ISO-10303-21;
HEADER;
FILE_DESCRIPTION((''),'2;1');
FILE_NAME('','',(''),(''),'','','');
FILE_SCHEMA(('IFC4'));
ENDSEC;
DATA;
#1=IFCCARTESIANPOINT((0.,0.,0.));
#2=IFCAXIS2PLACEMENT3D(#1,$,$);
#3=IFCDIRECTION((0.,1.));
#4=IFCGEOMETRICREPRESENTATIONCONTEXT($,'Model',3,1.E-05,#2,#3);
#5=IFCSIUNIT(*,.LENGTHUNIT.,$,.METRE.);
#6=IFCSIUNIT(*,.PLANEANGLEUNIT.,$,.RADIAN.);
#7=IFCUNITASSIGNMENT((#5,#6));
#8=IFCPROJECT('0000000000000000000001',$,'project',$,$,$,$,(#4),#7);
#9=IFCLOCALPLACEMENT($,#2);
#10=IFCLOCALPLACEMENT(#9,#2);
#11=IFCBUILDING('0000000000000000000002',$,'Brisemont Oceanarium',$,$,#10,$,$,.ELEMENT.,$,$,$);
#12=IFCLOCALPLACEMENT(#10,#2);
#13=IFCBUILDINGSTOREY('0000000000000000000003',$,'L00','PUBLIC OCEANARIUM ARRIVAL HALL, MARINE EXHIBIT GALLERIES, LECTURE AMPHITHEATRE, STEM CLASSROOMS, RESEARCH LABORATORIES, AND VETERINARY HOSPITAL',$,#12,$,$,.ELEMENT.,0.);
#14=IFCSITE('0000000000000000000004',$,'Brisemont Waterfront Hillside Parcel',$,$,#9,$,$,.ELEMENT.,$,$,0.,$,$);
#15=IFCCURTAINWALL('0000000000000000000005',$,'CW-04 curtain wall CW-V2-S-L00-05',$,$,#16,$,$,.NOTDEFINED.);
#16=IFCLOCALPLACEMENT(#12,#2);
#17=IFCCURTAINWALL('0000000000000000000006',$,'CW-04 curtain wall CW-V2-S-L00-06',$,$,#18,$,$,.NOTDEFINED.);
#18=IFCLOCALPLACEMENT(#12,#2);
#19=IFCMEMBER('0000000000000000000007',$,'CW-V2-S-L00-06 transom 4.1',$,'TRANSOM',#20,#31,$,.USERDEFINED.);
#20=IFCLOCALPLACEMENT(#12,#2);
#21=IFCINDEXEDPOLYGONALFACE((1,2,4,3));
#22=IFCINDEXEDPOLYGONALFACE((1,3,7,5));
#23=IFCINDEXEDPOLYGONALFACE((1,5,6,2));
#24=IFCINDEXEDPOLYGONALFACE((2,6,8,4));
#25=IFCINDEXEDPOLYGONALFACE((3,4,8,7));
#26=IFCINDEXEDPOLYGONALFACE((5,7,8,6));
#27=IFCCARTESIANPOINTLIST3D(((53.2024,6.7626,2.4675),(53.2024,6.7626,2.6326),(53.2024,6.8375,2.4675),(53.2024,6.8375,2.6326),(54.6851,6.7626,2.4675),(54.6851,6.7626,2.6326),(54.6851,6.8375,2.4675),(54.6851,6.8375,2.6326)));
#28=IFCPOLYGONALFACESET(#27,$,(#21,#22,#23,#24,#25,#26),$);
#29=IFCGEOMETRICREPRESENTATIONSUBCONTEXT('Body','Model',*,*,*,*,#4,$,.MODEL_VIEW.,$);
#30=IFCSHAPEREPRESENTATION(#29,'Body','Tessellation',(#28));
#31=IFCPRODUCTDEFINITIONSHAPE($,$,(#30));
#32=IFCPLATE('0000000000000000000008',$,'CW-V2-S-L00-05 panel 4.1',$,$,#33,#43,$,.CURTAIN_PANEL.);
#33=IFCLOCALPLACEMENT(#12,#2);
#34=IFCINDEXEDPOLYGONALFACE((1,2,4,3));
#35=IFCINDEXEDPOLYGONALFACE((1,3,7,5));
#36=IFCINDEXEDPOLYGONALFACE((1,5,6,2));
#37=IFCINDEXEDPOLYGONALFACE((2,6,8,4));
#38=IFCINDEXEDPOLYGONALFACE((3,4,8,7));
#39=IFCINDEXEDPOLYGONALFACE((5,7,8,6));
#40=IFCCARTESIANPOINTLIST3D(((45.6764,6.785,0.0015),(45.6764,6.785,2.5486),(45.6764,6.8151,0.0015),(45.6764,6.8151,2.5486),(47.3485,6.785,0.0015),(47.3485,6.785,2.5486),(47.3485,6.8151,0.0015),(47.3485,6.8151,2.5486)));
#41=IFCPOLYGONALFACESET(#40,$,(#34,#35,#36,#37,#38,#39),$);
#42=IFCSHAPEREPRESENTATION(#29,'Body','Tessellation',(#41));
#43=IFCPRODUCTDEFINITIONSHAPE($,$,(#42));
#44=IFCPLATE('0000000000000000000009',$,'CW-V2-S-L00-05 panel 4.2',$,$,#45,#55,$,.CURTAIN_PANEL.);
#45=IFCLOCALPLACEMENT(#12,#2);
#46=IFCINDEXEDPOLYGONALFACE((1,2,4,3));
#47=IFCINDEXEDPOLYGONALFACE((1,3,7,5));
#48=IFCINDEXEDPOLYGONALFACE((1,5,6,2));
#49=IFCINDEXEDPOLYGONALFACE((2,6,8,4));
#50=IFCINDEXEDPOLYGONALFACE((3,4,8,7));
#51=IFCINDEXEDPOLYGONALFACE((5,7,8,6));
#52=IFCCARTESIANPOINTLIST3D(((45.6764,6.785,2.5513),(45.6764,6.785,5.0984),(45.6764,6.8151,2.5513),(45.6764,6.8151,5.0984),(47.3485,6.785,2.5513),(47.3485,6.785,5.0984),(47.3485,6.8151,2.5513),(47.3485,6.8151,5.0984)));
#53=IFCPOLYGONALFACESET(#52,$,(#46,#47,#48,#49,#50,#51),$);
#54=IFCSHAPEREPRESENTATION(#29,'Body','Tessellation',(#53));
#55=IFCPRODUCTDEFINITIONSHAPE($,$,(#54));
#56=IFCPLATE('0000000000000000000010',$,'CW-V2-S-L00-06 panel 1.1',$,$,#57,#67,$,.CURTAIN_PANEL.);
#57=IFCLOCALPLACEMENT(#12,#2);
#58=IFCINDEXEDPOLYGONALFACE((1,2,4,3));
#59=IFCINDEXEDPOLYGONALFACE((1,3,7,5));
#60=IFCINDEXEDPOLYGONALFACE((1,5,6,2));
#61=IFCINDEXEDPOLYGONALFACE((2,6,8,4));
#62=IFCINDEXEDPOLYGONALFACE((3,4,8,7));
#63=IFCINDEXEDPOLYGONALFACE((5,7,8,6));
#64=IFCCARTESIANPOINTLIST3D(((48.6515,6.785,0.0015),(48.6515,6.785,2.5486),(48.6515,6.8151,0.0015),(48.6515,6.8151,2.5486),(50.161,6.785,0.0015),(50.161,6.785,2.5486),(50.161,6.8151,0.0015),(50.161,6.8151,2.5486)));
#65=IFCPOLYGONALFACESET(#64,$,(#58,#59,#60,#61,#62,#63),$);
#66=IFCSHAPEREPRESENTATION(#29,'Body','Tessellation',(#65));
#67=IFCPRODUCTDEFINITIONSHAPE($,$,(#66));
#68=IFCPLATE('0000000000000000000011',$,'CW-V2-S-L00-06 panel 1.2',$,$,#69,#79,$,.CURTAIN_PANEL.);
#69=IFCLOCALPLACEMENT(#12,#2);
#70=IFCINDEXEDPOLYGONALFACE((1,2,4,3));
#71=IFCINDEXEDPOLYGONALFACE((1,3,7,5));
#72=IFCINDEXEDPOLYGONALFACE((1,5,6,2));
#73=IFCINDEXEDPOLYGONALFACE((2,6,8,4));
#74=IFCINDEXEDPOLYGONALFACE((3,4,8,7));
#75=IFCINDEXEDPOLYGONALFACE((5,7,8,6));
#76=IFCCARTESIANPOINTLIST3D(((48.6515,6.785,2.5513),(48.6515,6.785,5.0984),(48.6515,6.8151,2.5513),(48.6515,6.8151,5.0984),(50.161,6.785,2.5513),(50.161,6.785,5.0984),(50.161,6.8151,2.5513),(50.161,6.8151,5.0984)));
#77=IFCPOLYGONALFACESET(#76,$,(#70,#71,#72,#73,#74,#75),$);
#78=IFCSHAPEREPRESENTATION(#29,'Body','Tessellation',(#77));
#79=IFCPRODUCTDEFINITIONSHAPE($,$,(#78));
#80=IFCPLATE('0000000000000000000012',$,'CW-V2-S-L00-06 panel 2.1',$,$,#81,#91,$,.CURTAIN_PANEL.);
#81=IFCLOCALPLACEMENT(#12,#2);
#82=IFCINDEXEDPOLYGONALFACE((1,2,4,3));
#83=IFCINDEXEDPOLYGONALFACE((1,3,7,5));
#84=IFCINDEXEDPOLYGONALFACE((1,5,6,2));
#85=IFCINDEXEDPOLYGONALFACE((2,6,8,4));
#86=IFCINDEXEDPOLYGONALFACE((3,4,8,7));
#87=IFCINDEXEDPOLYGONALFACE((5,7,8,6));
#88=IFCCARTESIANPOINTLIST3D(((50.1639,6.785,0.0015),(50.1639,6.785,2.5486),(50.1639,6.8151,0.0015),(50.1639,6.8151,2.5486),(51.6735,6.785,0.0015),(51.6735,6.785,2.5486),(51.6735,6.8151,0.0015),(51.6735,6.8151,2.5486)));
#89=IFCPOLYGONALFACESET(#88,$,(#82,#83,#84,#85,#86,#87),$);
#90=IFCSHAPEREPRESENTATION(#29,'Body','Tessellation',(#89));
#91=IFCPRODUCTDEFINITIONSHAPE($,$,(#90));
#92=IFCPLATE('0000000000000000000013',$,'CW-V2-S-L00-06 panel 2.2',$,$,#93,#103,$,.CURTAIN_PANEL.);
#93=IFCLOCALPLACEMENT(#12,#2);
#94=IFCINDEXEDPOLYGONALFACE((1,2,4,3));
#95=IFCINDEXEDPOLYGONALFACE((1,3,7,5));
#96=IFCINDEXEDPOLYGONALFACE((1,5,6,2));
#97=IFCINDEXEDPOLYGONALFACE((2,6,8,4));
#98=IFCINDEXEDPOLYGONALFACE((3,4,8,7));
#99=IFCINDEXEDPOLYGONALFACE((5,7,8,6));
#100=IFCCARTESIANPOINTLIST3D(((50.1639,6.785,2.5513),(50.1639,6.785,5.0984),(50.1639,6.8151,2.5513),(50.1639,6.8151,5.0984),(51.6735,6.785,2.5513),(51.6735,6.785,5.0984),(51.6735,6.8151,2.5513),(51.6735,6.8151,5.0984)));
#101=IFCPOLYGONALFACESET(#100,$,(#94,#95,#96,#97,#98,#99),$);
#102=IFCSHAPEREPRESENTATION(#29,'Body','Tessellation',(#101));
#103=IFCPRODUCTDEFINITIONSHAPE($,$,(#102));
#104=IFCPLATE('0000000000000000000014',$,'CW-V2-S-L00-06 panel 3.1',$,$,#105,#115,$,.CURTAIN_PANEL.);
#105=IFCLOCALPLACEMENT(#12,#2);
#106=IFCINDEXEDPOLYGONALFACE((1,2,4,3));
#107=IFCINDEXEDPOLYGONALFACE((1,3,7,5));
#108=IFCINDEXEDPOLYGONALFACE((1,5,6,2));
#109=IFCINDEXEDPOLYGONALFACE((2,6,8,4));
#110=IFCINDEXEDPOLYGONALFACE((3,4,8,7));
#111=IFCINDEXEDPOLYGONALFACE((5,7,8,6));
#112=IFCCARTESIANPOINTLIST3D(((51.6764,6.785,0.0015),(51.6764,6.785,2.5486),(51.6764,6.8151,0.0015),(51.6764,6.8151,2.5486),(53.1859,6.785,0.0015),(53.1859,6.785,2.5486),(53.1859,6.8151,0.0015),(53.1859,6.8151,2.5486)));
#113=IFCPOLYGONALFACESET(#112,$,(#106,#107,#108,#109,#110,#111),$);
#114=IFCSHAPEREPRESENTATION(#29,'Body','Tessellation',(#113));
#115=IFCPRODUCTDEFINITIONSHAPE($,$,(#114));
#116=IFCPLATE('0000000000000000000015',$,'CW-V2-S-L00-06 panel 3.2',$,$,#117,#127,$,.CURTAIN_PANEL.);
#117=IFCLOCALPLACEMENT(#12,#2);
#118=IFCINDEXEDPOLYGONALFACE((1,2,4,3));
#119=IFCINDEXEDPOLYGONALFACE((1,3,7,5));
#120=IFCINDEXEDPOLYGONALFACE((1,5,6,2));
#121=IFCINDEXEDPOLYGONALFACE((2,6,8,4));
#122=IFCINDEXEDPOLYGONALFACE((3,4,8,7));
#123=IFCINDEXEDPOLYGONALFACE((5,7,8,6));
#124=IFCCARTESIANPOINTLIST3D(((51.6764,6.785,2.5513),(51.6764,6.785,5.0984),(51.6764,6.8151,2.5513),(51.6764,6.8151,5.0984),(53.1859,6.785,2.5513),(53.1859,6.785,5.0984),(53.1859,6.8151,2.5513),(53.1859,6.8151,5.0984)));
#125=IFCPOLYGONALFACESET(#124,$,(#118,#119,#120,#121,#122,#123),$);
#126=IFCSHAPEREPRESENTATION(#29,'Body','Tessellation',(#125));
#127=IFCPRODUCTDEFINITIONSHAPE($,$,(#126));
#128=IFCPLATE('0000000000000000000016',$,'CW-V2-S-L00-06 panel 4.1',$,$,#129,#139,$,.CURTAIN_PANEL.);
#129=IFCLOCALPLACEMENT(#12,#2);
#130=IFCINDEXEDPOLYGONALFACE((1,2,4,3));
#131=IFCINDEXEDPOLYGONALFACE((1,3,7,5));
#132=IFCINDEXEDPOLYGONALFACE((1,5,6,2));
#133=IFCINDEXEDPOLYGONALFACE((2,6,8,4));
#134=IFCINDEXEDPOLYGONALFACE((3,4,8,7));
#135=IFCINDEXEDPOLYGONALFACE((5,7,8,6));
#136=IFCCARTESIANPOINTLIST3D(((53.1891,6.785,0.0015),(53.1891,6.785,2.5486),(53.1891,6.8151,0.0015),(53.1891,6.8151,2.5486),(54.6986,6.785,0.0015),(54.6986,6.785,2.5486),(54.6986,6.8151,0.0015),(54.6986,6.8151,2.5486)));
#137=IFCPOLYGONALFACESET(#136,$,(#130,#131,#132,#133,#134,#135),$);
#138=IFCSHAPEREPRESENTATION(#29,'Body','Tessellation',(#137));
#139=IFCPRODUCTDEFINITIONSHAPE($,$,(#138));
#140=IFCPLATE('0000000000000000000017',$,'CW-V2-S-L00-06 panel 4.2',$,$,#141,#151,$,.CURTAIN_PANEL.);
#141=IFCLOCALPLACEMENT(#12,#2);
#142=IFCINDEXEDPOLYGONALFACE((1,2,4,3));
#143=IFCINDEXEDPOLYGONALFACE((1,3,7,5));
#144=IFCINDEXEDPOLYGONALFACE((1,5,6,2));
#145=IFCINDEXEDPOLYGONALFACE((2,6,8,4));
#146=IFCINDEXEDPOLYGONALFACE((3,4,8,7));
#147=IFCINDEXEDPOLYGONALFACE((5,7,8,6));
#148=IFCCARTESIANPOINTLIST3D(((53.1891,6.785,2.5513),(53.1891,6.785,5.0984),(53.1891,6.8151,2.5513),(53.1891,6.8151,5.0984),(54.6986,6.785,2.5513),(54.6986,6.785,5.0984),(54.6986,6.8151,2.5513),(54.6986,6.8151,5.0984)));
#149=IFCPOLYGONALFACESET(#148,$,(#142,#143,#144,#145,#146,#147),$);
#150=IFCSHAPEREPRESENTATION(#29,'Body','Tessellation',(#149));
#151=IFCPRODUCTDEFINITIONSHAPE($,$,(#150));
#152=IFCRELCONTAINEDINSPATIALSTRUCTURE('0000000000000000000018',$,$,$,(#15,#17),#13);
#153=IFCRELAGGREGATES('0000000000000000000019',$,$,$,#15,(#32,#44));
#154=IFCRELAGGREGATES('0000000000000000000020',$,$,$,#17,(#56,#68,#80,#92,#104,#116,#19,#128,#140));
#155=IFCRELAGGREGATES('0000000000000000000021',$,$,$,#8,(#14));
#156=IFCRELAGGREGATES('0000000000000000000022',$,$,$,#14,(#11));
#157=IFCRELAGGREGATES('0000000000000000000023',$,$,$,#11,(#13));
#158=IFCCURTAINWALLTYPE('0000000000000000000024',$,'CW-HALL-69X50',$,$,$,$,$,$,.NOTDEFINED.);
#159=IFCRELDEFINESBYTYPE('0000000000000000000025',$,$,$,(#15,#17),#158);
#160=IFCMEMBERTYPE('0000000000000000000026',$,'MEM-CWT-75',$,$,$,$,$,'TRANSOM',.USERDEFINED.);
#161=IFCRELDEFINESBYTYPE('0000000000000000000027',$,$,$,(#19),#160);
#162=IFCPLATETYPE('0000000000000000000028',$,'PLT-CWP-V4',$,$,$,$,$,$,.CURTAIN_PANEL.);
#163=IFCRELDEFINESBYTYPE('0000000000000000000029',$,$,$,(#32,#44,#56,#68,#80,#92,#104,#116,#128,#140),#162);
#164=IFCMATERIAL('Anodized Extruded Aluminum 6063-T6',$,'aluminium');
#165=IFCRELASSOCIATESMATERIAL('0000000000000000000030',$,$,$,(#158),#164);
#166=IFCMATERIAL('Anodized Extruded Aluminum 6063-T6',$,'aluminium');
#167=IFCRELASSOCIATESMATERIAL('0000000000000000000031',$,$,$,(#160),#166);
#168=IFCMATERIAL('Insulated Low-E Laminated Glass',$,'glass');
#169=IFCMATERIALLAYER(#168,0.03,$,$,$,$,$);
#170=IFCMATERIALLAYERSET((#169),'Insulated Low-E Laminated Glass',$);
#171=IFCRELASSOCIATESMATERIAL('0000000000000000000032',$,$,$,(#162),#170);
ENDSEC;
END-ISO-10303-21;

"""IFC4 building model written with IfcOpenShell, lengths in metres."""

from ifc_helpers import new_model, si_unit, direction, frame, origin, origin_2d, place, context, subcontext, project, spatial, rectangle, extrude, material, layer, layer_set, material_profile, profile_set, type_object, element, aggregate, save


model = new_model("IFC4")

# Units and contexts
model_context = context("Model", 3, precision=1e-05, world=origin(), true_north=direction((0.0, 1.0)))
body_context = subcontext(model_context, "Body", "Model", "MODEL_VIEW")
ifc_project = project(units=[si_unit("LENGTHUNIT", "METRE"), si_unit("PLANEANGLEUNIT", "RADIAN")], contexts=[model_context])

# Site, building, storey
site_placement = place(None, origin())
site = spatial("IfcSite", under=ifc_project, at=site_placement, Name="Brisemont Waterfront Hillside Parcel", CompositionType="ELEMENT", RefElevation=0.0)
building_placement = place(site_placement, origin())
building = spatial("IfcBuilding", under=site, at=building_placement, Name="Brisemont Oceanarium", CompositionType="ELEMENT")
storey_placement = place(building_placement, origin())
storey = spatial("IfcBuildingStorey", under=building, at=storey_placement, Name="L00", Description="PUBLIC OCEANARIUM ARRIVAL HALL, MARINE EXHIBIT GALLERIES, LECTURE AMPHITHEATRE, STEM CLASSROOMS, RESEARCH LABORATORIES, AND VETERINARY HOSPITAL", CompositionType="ELEMENT", Elevation=0.0)

# Curtain walls
ifc_material_1 = material(Name="Anodized Extruded Aluminum 6063-T6", Category="aluminium")
curtain_wall_type = type_object("IfcCurtainWallType", Name="CW-HALL-69X50", PredefinedType="NOTDEFINED", material=ifc_material_1)
curtain_wall_1_placement = place(storey_placement, origin())
curtain_wall_1 = element("IfcCurtainWall", 1, at=curtain_wall_1_placement, inside=storey, type_object=curtain_wall_type, Name="CW-04 curtain wall CW-V2-S-L00-05", PredefinedType="NOTDEFINED")
curtain_wall_2_placement = place(storey_placement, origin())
curtain_wall_2 = element("IfcCurtainWall", 2, at=curtain_wall_2_placement, inside=storey, type_object=curtain_wall_type, Name="CW-04 curtain wall CW-V2-S-L00-06", PredefinedType="NOTDEFINED")

# Member
ifc_material_2 = material(Name="Anodized Extruded Aluminum 6063-T6", Category="aluminium")
ifc_material_profile_1 = material_profile(ifc_material_2, rectangle(XDim=0.075, YDim=0.165, at=origin_2d()), Name="CWT-75X165")
ifc_profile_set_1 = profile_set([ifc_material_profile_1], Name="Anodized Extruded Aluminum 6063-T6")
member_type_1 = type_object("IfcMemberType", Name="MEM-CWT-75", ElementType="TRANSOM", PredefinedType="USERDEFINED", material=ifc_profile_set_1)
member_1_placement = place(storey_placement, frame((53.2024, 6.8, 2.55), z_axis=(1.0, 0.0, 0.0), x_axis=(0.0, 1.0, 0.0)))
member_1 = element("IfcMember", 3, at=member_1_placement, type_object=member_type_1, Name="CW-V2-S-L00-06 transom 4.1", ObjectType="TRANSOM", PredefinedType="USERDEFINED", context=body_context, shape_type="SweptSolid", body=[
    extrude(rectangle(XDim=0.075, YDim=0.165, at=origin_2d()), origin(), (0.0, 0.0, 1.0), 1.4827),
])

# Plates
ifc_material_3 = material(Name="Insulated Low-E Laminated Glass", Category="glass")
ifc_layer = layer(ifc_material_3, 0.03)
ifc_layer_set = layer_set([ifc_layer], Name="Insulated Low-E Laminated Glass")
plate_type = type_object("IfcPlateType", Name="PLT-CWP-V4", PredefinedType="CURTAIN_PANEL", material=ifc_layer_set)
plate_1_placement = place(storey_placement, frame((46.5125, 6.8, 0.0015), z_axis=(0.0, 0.0, 1.0), x_axis=(1.0, 0.0, 0.0)))
plate_1 = element("IfcPlate", 4, at=plate_1_placement, type_object=plate_type, Name="CW-V2-S-L00-05 panel 4.1", PredefinedType="CURTAIN_PANEL", context=body_context, shape_type="SweptSolid", body=[
    extrude(rectangle(XDim=1.6721, YDim=0.03, at=origin_2d()), origin(), (0.0, 0.0, 1.0), 2.5471),
])
plate_2_placement = place(storey_placement, frame((46.5125, 6.8, 2.5513), z_axis=(0.0, 0.0, 1.0), x_axis=(1.0, 0.0, 0.0)))
plate_2 = element("IfcPlate", 5, at=plate_2_placement, type_object=plate_type, Name="CW-V2-S-L00-05 panel 4.2", PredefinedType="CURTAIN_PANEL", context=body_context, shape_type="SweptSolid", body=[
    extrude(rectangle(XDim=1.6721, YDim=0.03, at=origin_2d()), origin(), (0.0, 0.0, 1.0), 2.5471),
])
aggregate(curtain_wall_1, [plate_1, plate_2])
plate_3_placement = place(storey_placement, frame((49.4062, 6.8, 0.0015), z_axis=(0.0, 0.0, 1.0), x_axis=(1.0, 0.0, 0.0)))
plate_3 = element("IfcPlate", 6, at=plate_3_placement, type_object=plate_type, Name="CW-V2-S-L00-06 panel 1.1", PredefinedType="CURTAIN_PANEL", context=body_context, shape_type="SweptSolid", body=[
    extrude(rectangle(XDim=1.5095, YDim=0.03, at=origin_2d()), origin(), (0.0, 0.0, 1.0), 2.5471),
])
plate_4_placement = place(storey_placement, frame((49.4062, 6.8, 2.5513), z_axis=(0.0, 0.0, 1.0), x_axis=(1.0, 0.0, 0.0)))
plate_4 = element("IfcPlate", 7, at=plate_4_placement, type_object=plate_type, Name="CW-V2-S-L00-06 panel 1.2", PredefinedType="CURTAIN_PANEL", context=body_context, shape_type="SweptSolid", body=[
    extrude(rectangle(XDim=1.5095, YDim=0.03, at=origin_2d()), origin(), (0.0, 0.0, 1.0), 2.5471),
])
plate_5_placement = place(storey_placement, frame((50.9187, 6.8, 0.0015), z_axis=(0.0, 0.0, 1.0), x_axis=(1.0, 0.0, 0.0)))
plate_5 = element("IfcPlate", 8, at=plate_5_placement, type_object=plate_type, Name="CW-V2-S-L00-06 panel 2.1", PredefinedType="CURTAIN_PANEL", context=body_context, shape_type="SweptSolid", body=[
    extrude(rectangle(XDim=1.5095, YDim=0.03, at=origin_2d()), origin(), (0.0, 0.0, 1.0), 2.5471),
])
plate_6_placement = place(storey_placement, frame((50.9187, 6.8, 2.5513), z_axis=(0.0, 0.0, 1.0), x_axis=(1.0, 0.0, 0.0)))
plate_6 = element("IfcPlate", 9, at=plate_6_placement, type_object=plate_type, Name="CW-V2-S-L00-06 panel 2.2", PredefinedType="CURTAIN_PANEL", context=body_context, shape_type="SweptSolid", body=[
    extrude(rectangle(XDim=1.5095, YDim=0.03, at=origin_2d()), origin(), (0.0, 0.0, 1.0), 2.5471),
])
plate_7_placement = place(storey_placement, frame((52.4312, 6.8, 0.0015), z_axis=(0.0, 0.0, 1.0), x_axis=(1.0, 0.0, 0.0)))
plate_7 = element("IfcPlate", 10, at=plate_7_placement, type_object=plate_type, Name="CW-V2-S-L00-06 panel 3.1", PredefinedType="CURTAIN_PANEL", context=body_context, shape_type="SweptSolid", body=[
    extrude(rectangle(XDim=1.5095, YDim=0.03, at=origin_2d()), origin(), (0.0, 0.0, 1.0), 2.5471),
])
plate_8_placement = place(storey_placement, frame((52.4312, 6.8, 2.5513), z_axis=(0.0, 0.0, 1.0), x_axis=(1.0, 0.0, 0.0)))
plate_8 = element("IfcPlate", 11, at=plate_8_placement, type_object=plate_type, Name="CW-V2-S-L00-06 panel 3.2", PredefinedType="CURTAIN_PANEL", context=body_context, shape_type="SweptSolid", body=[
    extrude(rectangle(XDim=1.5095, YDim=0.03, at=origin_2d()), origin(), (0.0, 0.0, 1.0), 2.5471),
])
plate_9_placement = place(storey_placement, frame((53.9438, 6.8, 0.0015), z_axis=(0.0, 0.0, 1.0), x_axis=(1.0, 0.0, 0.0)))
plate_9 = element("IfcPlate", 12, at=plate_9_placement, type_object=plate_type, Name="CW-V2-S-L00-06 panel 4.1", PredefinedType="CURTAIN_PANEL", context=body_context, shape_type="SweptSolid", body=[
    extrude(rectangle(XDim=1.5095, YDim=0.03, at=origin_2d()), origin(), (0.0, 0.0, 1.0), 2.5471),
])
plate_10_placement = place(storey_placement, frame((53.9438, 6.8, 2.5513), z_axis=(0.0, 0.0, 1.0), x_axis=(1.0, 0.0, 0.0)))
plate_10 = element("IfcPlate", 13, at=plate_10_placement, type_object=plate_type, Name="CW-V2-S-L00-06 panel 4.2", PredefinedType="CURTAIN_PANEL", context=body_context, shape_type="SweptSolid", body=[
    extrude(rectangle(XDim=1.5095, YDim=0.03, at=origin_2d()), origin(), (0.0, 0.0, 1.0), 2.5471),
])
aggregate(curtain_wall_2, [plate_3, plate_4, plate_5, plate_6, plate_7, plate_8, member_1, plate_9, plate_10])

save(model, "model.ifc")
